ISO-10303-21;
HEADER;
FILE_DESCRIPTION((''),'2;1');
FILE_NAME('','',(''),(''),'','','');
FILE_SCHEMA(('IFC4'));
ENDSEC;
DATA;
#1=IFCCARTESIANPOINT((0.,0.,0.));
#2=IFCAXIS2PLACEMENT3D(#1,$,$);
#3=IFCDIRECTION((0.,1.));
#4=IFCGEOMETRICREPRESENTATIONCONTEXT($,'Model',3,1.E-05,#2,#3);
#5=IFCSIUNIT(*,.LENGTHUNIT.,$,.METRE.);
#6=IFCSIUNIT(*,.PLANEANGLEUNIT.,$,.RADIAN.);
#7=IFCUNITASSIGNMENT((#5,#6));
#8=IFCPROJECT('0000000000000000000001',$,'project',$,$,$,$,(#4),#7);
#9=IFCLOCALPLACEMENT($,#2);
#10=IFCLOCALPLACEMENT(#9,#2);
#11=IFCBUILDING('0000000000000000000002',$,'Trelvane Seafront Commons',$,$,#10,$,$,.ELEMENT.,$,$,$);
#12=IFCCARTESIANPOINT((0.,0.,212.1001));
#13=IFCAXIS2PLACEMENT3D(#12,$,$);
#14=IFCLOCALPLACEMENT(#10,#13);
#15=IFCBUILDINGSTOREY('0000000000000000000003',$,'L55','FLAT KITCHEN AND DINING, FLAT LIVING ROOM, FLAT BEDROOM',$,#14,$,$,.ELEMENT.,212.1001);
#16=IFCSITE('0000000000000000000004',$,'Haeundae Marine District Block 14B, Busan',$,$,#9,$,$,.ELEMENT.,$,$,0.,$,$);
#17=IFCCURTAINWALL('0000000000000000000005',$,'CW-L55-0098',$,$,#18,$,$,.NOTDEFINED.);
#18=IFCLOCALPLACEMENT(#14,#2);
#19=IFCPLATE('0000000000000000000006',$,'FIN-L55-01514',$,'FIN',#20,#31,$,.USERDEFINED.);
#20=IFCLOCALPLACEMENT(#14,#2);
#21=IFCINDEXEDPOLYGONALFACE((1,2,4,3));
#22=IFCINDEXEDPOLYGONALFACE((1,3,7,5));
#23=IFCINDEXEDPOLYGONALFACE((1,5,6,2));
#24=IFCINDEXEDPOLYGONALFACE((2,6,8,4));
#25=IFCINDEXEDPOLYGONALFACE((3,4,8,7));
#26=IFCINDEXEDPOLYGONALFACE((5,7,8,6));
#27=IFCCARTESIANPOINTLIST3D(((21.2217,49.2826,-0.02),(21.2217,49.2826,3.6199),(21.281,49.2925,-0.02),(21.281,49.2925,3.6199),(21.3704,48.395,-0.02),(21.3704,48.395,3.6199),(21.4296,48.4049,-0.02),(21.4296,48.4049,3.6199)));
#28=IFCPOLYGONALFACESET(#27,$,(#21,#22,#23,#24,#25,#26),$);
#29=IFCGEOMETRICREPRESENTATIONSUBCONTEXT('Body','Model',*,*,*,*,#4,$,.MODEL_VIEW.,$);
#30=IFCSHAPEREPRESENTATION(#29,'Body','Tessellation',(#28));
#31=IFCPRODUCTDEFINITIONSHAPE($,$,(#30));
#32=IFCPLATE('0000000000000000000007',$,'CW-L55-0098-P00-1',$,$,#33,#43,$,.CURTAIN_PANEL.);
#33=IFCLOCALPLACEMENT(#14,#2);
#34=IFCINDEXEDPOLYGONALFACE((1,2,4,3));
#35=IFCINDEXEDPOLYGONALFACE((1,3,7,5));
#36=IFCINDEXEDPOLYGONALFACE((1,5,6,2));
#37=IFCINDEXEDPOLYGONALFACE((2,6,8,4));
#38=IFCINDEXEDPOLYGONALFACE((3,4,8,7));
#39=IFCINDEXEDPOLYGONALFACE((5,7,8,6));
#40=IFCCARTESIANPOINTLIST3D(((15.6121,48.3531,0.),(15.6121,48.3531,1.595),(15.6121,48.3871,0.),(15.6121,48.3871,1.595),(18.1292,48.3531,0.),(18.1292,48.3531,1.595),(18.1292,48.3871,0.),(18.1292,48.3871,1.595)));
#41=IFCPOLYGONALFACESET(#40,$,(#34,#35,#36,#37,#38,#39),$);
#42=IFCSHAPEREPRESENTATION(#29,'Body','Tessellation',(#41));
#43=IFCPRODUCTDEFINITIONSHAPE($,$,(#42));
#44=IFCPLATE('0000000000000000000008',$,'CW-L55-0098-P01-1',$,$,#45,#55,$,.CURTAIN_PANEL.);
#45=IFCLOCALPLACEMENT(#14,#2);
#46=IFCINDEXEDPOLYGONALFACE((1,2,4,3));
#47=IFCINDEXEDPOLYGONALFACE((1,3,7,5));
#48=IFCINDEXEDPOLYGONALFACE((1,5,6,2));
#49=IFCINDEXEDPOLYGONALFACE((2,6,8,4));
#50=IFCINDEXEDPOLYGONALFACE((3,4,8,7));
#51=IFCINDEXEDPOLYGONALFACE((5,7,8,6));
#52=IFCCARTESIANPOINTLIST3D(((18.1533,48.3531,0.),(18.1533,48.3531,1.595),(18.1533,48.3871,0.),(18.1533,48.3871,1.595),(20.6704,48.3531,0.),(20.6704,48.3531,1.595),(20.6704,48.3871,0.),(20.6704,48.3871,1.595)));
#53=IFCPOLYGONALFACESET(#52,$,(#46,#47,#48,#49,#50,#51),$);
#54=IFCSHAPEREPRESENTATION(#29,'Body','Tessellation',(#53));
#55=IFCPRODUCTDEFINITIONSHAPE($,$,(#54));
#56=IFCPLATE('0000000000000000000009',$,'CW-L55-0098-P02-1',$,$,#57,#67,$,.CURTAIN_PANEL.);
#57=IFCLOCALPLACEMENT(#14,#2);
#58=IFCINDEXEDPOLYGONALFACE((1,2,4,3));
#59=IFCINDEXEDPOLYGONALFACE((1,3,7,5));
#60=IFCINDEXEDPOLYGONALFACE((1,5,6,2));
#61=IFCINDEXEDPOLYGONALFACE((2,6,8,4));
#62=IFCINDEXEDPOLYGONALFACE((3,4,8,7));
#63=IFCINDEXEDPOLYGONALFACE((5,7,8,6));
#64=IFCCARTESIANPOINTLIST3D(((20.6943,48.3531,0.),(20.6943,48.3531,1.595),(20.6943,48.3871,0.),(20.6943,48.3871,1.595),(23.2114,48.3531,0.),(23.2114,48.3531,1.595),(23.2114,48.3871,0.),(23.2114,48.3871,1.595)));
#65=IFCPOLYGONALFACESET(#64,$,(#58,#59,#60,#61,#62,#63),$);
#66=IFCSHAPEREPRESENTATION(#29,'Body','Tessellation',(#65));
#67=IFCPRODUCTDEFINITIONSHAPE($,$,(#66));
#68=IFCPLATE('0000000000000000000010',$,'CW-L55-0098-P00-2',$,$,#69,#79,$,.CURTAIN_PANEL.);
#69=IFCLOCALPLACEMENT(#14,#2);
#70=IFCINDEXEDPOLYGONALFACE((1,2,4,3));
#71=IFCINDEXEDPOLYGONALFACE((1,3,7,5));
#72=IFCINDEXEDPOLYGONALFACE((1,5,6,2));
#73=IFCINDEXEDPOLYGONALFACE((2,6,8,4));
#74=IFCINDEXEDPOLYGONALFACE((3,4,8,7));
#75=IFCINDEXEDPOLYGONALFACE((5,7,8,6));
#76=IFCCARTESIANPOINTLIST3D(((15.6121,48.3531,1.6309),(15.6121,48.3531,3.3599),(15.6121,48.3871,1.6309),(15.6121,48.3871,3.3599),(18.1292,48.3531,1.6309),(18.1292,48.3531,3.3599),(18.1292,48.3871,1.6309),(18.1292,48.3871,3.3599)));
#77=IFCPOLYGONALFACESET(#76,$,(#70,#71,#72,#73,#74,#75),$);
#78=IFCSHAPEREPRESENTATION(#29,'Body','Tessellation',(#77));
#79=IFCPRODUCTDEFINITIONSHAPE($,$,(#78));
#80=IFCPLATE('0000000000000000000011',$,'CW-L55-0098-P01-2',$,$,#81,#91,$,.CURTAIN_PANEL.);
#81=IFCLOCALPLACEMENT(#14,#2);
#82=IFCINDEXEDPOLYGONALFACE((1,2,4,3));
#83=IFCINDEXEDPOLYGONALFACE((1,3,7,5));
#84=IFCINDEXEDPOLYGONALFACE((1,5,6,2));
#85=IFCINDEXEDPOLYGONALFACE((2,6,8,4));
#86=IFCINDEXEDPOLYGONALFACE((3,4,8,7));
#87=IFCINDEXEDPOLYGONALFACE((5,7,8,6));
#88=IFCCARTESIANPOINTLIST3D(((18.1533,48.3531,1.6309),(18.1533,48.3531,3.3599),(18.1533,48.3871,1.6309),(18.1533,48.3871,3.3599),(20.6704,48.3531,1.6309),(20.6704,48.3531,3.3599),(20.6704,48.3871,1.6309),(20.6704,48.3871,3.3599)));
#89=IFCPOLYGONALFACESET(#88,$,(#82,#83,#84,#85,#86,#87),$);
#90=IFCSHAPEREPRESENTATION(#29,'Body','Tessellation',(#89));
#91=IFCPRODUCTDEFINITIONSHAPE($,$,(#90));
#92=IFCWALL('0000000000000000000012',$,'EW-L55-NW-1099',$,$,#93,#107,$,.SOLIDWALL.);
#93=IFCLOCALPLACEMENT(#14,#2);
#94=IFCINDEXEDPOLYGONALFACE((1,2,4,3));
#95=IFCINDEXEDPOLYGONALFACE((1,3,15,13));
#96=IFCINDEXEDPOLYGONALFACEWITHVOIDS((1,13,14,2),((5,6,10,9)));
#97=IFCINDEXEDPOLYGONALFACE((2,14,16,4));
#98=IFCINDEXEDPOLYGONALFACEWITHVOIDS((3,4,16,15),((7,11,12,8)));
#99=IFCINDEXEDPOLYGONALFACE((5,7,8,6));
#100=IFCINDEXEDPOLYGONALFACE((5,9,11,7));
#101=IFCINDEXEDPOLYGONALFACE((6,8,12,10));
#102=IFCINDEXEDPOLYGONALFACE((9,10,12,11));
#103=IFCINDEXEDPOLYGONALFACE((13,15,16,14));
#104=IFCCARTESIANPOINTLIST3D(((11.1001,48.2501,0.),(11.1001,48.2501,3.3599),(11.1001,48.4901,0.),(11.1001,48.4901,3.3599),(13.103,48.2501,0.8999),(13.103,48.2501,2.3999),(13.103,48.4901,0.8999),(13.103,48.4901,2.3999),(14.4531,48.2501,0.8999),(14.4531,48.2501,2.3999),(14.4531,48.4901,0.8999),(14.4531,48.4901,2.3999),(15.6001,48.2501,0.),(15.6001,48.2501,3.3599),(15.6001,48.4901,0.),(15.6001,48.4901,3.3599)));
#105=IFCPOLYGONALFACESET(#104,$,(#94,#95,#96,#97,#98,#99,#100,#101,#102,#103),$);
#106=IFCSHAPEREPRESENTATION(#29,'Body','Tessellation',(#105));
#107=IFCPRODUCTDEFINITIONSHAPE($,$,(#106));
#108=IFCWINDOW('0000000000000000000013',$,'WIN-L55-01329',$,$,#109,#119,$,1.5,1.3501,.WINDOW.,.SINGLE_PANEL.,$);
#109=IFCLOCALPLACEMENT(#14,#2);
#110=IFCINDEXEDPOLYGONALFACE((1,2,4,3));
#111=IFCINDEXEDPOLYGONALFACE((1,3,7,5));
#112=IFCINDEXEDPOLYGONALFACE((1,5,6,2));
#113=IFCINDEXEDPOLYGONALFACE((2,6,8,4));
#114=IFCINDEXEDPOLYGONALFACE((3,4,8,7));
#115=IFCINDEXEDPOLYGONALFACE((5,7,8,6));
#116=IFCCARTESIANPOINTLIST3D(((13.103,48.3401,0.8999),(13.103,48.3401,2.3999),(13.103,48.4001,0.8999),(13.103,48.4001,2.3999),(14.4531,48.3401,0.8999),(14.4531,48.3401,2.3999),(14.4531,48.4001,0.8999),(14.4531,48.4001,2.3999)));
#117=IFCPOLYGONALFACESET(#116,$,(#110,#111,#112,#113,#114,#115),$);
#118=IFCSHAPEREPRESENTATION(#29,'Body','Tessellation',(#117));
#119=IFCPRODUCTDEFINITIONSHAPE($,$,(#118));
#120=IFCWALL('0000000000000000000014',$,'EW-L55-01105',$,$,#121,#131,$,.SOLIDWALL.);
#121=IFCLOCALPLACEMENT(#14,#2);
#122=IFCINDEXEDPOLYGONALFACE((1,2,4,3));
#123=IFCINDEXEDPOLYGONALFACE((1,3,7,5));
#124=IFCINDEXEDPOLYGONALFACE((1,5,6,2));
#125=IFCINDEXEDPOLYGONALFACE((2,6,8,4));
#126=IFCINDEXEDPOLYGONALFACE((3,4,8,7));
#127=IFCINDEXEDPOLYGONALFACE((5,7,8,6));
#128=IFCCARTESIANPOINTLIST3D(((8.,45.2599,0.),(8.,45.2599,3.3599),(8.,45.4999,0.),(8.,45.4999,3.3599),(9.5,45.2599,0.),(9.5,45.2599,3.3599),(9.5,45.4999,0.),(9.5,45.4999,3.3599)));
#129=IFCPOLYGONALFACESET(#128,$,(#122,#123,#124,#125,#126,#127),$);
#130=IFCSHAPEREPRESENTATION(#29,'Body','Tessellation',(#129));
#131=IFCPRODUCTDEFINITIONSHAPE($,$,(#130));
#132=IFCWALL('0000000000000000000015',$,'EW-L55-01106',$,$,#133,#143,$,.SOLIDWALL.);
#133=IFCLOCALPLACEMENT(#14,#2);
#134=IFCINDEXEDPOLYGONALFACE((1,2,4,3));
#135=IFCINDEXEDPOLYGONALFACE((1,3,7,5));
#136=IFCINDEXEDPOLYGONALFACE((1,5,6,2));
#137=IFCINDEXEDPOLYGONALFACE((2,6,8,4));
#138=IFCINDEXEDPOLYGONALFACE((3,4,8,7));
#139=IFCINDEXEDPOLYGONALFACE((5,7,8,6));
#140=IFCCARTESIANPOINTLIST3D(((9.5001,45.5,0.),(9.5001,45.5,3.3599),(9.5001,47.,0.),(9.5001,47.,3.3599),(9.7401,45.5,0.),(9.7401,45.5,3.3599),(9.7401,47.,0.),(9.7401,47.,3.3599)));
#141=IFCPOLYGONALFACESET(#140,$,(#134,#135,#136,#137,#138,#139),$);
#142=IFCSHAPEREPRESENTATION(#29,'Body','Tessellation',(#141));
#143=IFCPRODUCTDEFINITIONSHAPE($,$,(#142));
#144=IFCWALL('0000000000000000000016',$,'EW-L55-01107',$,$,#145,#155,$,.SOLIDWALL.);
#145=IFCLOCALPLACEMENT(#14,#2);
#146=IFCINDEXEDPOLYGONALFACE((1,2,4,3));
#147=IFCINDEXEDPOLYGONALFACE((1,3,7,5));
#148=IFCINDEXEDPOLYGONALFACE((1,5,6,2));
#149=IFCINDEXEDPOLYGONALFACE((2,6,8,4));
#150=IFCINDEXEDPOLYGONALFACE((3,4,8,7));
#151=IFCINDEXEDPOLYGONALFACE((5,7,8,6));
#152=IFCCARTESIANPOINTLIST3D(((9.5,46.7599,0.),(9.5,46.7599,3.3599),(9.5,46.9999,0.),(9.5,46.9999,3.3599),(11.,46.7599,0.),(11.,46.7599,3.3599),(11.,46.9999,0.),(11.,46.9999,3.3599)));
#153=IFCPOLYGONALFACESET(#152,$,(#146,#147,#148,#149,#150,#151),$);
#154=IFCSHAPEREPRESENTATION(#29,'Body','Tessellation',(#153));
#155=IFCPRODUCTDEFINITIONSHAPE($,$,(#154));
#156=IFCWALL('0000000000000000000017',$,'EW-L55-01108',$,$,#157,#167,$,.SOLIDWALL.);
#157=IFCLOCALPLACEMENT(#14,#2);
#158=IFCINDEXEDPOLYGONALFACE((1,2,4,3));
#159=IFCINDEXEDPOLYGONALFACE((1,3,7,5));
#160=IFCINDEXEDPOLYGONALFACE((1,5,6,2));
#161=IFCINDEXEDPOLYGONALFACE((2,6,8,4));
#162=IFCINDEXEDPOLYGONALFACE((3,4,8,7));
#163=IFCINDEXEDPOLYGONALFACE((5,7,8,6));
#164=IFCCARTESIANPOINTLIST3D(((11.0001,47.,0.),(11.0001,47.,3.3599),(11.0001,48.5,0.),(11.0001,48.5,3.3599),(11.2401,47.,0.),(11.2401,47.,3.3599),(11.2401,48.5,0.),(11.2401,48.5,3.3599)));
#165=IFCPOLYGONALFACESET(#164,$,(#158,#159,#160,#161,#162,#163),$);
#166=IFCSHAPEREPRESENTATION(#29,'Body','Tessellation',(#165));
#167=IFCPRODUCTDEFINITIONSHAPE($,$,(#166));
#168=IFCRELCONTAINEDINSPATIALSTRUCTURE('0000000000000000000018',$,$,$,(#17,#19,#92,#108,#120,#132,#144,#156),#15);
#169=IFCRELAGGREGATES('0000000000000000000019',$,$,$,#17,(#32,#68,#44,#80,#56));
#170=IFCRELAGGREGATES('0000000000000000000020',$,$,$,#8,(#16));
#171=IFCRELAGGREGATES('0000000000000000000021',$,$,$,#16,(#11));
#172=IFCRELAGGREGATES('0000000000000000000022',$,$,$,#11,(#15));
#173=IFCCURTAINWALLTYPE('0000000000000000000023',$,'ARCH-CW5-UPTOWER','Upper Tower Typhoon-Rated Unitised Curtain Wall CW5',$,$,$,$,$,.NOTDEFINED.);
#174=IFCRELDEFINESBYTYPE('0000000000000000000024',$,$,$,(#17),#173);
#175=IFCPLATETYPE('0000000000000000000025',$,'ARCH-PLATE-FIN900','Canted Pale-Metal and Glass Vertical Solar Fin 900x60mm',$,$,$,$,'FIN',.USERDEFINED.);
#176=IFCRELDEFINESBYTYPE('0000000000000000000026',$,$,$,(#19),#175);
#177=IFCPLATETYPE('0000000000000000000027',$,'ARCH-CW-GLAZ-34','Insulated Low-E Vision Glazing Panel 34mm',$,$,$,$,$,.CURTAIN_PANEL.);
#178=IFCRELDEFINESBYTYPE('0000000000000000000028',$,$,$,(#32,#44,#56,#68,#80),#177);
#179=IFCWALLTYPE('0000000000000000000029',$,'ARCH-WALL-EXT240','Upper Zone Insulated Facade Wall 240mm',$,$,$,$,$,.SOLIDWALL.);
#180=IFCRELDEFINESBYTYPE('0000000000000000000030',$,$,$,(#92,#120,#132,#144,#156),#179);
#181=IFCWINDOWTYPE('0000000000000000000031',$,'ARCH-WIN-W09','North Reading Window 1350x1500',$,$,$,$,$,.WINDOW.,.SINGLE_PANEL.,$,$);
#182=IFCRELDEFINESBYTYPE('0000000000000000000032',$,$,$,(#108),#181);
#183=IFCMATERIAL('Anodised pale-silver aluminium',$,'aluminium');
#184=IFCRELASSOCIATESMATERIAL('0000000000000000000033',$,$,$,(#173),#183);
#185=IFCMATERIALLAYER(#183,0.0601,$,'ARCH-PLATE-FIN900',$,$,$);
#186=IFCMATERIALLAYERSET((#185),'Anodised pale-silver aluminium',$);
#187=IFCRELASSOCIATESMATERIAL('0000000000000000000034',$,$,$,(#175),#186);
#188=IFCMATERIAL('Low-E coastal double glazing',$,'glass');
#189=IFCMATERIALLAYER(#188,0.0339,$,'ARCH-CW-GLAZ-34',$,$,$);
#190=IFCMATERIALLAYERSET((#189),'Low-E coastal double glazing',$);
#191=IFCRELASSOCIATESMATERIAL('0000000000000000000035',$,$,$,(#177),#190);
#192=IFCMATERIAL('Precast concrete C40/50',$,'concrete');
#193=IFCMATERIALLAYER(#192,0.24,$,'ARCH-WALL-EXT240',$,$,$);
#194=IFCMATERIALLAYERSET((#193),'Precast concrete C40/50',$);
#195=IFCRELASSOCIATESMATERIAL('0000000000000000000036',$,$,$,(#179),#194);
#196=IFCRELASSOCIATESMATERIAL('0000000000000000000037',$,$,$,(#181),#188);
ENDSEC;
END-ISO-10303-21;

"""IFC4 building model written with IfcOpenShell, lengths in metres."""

from ifc_helpers import new_model, si_unit, direction, frame, frame_2d, origin, origin_2d, place, context, subcontext, project, spatial, rectangle, extrude, source, transform, mapped, material, layer, layer_set, type_object, element, fill, aggregate, save


model = new_model("IFC4")

# Units and contexts
model_context = context("Model", 3, precision=1e-05, world=origin(), true_north=direction((0.0, 1.0)))
body_context = subcontext(model_context, "Body", "Model", "MODEL_VIEW")
ifc_project = project(units=[si_unit("LENGTHUNIT", "METRE"), si_unit("PLANEANGLEUNIT", "RADIAN")], contexts=[model_context])

# Site, building, storey
site_placement = place(None, origin())
site = spatial("IfcSite", under=ifc_project, at=site_placement, Name="Haeundae Marine District Block 14B, Busan", CompositionType="ELEMENT", RefElevation=0.0)
building_placement = place(site_placement, origin())
building = spatial("IfcBuilding", under=site, at=building_placement, Name="Trelvane Seafront Commons", CompositionType="ELEMENT")
storey_placement = place(building_placement, frame((0.0, 0.0, 212.1001)))
storey = spatial("IfcBuildingStorey", under=building, at=storey_placement, Name="L55", Description="FLAT KITCHEN AND DINING, FLAT LIVING ROOM, FLAT BEDROOM", CompositionType="ELEMENT", Elevation=212.1001)

# Curtain wall
ifc_material_1 = material(Name="Anodised pale-silver aluminium", Category="aluminium")
curtain_wall_type = type_object("IfcCurtainWallType", Name="ARCH-CW5-UPTOWER", Description="Upper Tower Typhoon-Rated Unitised Curtain Wall CW5", PredefinedType="NOTDEFINED", material=ifc_material_1)
curtain_wall_placement = place(storey_placement, origin())
curtain_wall = element("IfcCurtainWall", 1, at=curtain_wall_placement, inside=storey, type_object=curtain_wall_type, Name="CW-L55-0098", PredefinedType="NOTDEFINED")

# Plate
ifc_layer_1 = layer(ifc_material_1, 0.0601, Name="ARCH-PLATE-FIN900")
ifc_layer_set_1 = layer_set([ifc_layer_1], Name="Anodised pale-silver aluminium")
plate_type_1 = type_object("IfcPlateType", Name="ARCH-PLATE-FIN900", Description="Canted Pale-Metal and Glass Vertical Solar Fin 900x60mm", ElementType="FIN", PredefinedType="USERDEFINED", material=ifc_layer_set_1)
shared_shape_1 = source(origin(), body_context, "Body", "SweptSolid", [
    extrude(rectangle(XDim=0.8999, YDim=0.0601, at=origin_2d()), origin(), (0.0, 0.0, 1.0), 3.6399),
])
for number, where, z_axis, x_axis, name in (
    (2, (21.3257, 48.8438, -0.02), (0.0, 0.0, 1.0), (-0.165228, 0.986255, 0.0), "FIN-L55-01514"),
):
    element("IfcPlate", number, at=place(storey_placement, frame(where, z_axis=z_axis, x_axis=x_axis)), inside=storey, type_object=plate_type_1, Name=name, ObjectType="FIN", PredefinedType="USERDEFINED", context=body_context, shape_type="MappedRepresentation", body=[
        mapped(shared_shape_1, transform((0.0, 0.0, 0.0), x_axis=(1.0, 0.0, 0.0), y_axis=(0.0, 1.0, 0.0), z_axis=(0.0, 0.0, 1.0), scale=1.0)),
    ])

# Plates
ifc_material_2 = material(Name="Low-E coastal double glazing", Category="glass")
ifc_layer_2 = layer(ifc_material_2, 0.0339, Name="ARCH-CW-GLAZ-34")
ifc_layer_set_2 = layer_set([ifc_layer_2], Name="Low-E coastal double glazing")
plate_type_2 = type_object("IfcPlateType", Name="ARCH-CW-GLAZ-34", Description="Insulated Low-E Vision Glazing Panel 34mm", PredefinedType="CURTAIN_PANEL", material=ifc_layer_set_2)
shared_shape_2 = source(origin(), body_context, "Body", "SweptSolid", [
    extrude(rectangle(XDim=2.5171, YDim=0.0339, at=origin_2d()), origin(), (0.0, 0.0, 1.0), 1.595),
])
plate_1_placement = place(storey_placement, frame((16.8706, 48.3701, 0.0), z_axis=(0.0, 0.0, 1.0), x_axis=(1.0, 0.0, 0.0)))
plate_1 = element("IfcPlate", 3, at=plate_1_placement, type_object=plate_type_2, Name="CW-L55-0098-P00-1", PredefinedType="CURTAIN_PANEL", context=body_context, shape_type="MappedRepresentation", body=[
    mapped(shared_shape_2, transform((0.0, 0.0, 0.0), x_axis=(1.0, 0.0, 0.0), y_axis=(0.0, 1.0, 0.0), z_axis=(0.0, 0.0, 1.0), scale=1.0)),
])
plate_2_placement = place(storey_placement, frame((19.4119, 48.3701, 0.0), z_axis=(0.0, 0.0, 1.0), x_axis=(1.0, 0.0, 0.0)))
plate_2 = element("IfcPlate", 4, at=plate_2_placement, type_object=plate_type_2, Name="CW-L55-0098-P01-1", PredefinedType="CURTAIN_PANEL", context=body_context, shape_type="MappedRepresentation", body=[
    mapped(shared_shape_2, transform((0.0, 0.0, 0.0), x_axis=(1.0, 0.0, 0.0), y_axis=(0.0, 1.0, 0.0), z_axis=(0.0, 0.0, 1.0), scale=1.0)),
])
plate_3_placement = place(storey_placement, frame((21.9529, 48.3701, 0.0), z_axis=(0.0, 0.0, 1.0), x_axis=(1.0, 0.0, 0.0)))
plate_3 = element("IfcPlate", 5, at=plate_3_placement, type_object=plate_type_2, Name="CW-L55-0098-P02-1", PredefinedType="CURTAIN_PANEL", context=body_context, shape_type="MappedRepresentation", body=[
    mapped(shared_shape_2, transform((0.0, 0.0, 0.0), x_axis=(1.0, 0.0, 0.0), y_axis=(0.0, 1.0, 0.0), z_axis=(0.0, 0.0, 1.0), scale=1.0)),
])
shared_shape_3 = source(origin(), body_context, "Body", "SweptSolid", [
    extrude(rectangle(XDim=2.5171, YDim=0.0339, at=origin_2d()), origin(), (0.0, 0.0, 1.0), 1.729),
])
plate_4_placement = place(storey_placement, frame((16.8706, 48.3701, 1.6309), z_axis=(0.0, 0.0, 1.0), x_axis=(1.0, 0.0, 0.0)))
plate_4 = element("IfcPlate", 6, at=plate_4_placement, type_object=plate_type_2, Name="CW-L55-0098-P00-2", PredefinedType="CURTAIN_PANEL", context=body_context, shape_type="MappedRepresentation", body=[
    mapped(shared_shape_3, transform((0.0, 0.0, 0.0), x_axis=(1.0, 0.0, 0.0), y_axis=(0.0, 1.0, 0.0), z_axis=(0.0, 0.0, 1.0), scale=1.0)),
])
plate_5_placement = place(storey_placement, frame((19.4119, 48.3701, 1.6309), z_axis=(0.0, 0.0, 1.0), x_axis=(1.0, 0.0, 0.0)))
plate_5 = element("IfcPlate", 7, at=plate_5_placement, type_object=plate_type_2, Name="CW-L55-0098-P01-2", PredefinedType="CURTAIN_PANEL", context=body_context, shape_type="MappedRepresentation", body=[
    mapped(shared_shape_3, transform((0.0, 0.0, 0.0), x_axis=(1.0, 0.0, 0.0), y_axis=(0.0, 1.0, 0.0), z_axis=(0.0, 0.0, 1.0), scale=1.0)),
])
aggregate(curtain_wall, [plate_1, plate_4, plate_2, plate_5, plate_3])

# Wall, opening, window
ifc_material_3 = material(Name="Precast concrete C40/50", Category="concrete")
ifc_layer_3 = layer(ifc_material_3, 0.24, Name="ARCH-WALL-EXT240")
ifc_layer_set_3 = layer_set([ifc_layer_3], Name="Precast concrete C40/50")
wall_type = type_object("IfcWallType", Name="ARCH-WALL-EXT240", Description="Upper Zone Insulated Facade Wall 240mm", PredefinedType="SOLIDWALL", material=ifc_layer_set_3)
wall_placement = place(storey_placement, frame((11.1001, 48.3701, 0.0), z_axis=(0.0, 0.0, 1.0), x_axis=(1.0, 0.0, 0.0)))
wall = element("IfcWall", 8, at=wall_placement, inside=storey, type_object=wall_type, Name="EW-L55-NW-1099", PredefinedType="SOLIDWALL", context=body_context, shape_type="SweptSolid", body=[
    extrude(rectangle(XDim=4.5, YDim=0.24, at=frame_2d((2.25, 0.0))), origin(), (0.0, 0.0, 1.0), 3.3599),
])
opening_placement = place(wall_placement, frame((2.0029, 0.0, 0.8999)))
opening = element("IfcOpeningElement", 9, at=opening_placement, cuts=wall, PredefinedType="OPENING", context=body_context, shape_type="SweptSolid", body=[
    extrude(rectangle(XDim=1.3501, YDim=1.5, at=frame_2d((0.675, 0.75))), frame((0.0, 0.1299, 0.0), z_axis=(0.0, -1.0, 0.0), x_axis=(1.0, 0.0, 0.0)), (0.0, 0.0, 1.0), 0.26),
])
window_type = type_object("IfcWindowType", Name="ARCH-WIN-W09", Description="North Reading Window 1350x1500", PartitioningType="SINGLE_PANEL", PredefinedType="WINDOW", material=ifc_material_2)
shared_shape_4 = source(origin(), body_context, "Body", "SweptSolid", [
    extrude(rectangle(XDim=1.3501, YDim=1.5, at=frame_2d((0.675, 0.75))), frame((0.0, 0.03, 0.0), z_axis=(0.0, -1.0, 0.0), x_axis=(1.0, 0.0, 0.0)), (0.0, 0.0, 1.0), 0.0601),
])
window_placement = place(opening_placement, origin())
window = element("IfcWindow", 10, at=window_placement, inside=storey, type_object=window_type, Name="WIN-L55-01329", OverallHeight=1.5, OverallWidth=1.3501, PartitioningType="SINGLE_PANEL", PredefinedType="WINDOW", context=body_context, shape_type="MappedRepresentation", body=[
    mapped(shared_shape_4, transform((0.0, 0.0, 0.0), x_axis=(1.0, 0.0, 0.0), y_axis=(0.0, 1.0, 0.0), z_axis=(0.0, 0.0, 1.0), scale=1.0)),
])
fill(opening, window)

# Walls
for number, where, z_axis, x_axis, name in (
    (11, (8.0, 45.3799, 0.0), (0.0, 0.0, 1.0), (1.0, 0.0, 0.0), "EW-L55-01105"),
    (12, (9.6201, 45.5, 0.0), (0.0, 0.0, 1.0), (0.0, 1.0, 0.0), "EW-L55-01106"),
    (13, (9.5, 46.8799, 0.0), (0.0, 0.0, 1.0), (1.0, 0.0, 0.0), "EW-L55-01107"),
    (14, (11.1201, 47.0, 0.0), (0.0, 0.0, 1.0), (0.0, 1.0, 0.0), "EW-L55-01108"),
):
    element("IfcWall", number, at=place(storey_placement, frame(where, z_axis=z_axis, x_axis=x_axis)), inside=storey, type_object=wall_type, Name=name, PredefinedType="SOLIDWALL", context=body_context, shape_type="SweptSolid", body=[
        extrude(rectangle(XDim=1.5, YDim=0.24, at=frame_2d((0.75, 0.0))), origin(), (0.0, 0.0, 1.0), 3.3599),
    ])

save(model, "model.ifc")
